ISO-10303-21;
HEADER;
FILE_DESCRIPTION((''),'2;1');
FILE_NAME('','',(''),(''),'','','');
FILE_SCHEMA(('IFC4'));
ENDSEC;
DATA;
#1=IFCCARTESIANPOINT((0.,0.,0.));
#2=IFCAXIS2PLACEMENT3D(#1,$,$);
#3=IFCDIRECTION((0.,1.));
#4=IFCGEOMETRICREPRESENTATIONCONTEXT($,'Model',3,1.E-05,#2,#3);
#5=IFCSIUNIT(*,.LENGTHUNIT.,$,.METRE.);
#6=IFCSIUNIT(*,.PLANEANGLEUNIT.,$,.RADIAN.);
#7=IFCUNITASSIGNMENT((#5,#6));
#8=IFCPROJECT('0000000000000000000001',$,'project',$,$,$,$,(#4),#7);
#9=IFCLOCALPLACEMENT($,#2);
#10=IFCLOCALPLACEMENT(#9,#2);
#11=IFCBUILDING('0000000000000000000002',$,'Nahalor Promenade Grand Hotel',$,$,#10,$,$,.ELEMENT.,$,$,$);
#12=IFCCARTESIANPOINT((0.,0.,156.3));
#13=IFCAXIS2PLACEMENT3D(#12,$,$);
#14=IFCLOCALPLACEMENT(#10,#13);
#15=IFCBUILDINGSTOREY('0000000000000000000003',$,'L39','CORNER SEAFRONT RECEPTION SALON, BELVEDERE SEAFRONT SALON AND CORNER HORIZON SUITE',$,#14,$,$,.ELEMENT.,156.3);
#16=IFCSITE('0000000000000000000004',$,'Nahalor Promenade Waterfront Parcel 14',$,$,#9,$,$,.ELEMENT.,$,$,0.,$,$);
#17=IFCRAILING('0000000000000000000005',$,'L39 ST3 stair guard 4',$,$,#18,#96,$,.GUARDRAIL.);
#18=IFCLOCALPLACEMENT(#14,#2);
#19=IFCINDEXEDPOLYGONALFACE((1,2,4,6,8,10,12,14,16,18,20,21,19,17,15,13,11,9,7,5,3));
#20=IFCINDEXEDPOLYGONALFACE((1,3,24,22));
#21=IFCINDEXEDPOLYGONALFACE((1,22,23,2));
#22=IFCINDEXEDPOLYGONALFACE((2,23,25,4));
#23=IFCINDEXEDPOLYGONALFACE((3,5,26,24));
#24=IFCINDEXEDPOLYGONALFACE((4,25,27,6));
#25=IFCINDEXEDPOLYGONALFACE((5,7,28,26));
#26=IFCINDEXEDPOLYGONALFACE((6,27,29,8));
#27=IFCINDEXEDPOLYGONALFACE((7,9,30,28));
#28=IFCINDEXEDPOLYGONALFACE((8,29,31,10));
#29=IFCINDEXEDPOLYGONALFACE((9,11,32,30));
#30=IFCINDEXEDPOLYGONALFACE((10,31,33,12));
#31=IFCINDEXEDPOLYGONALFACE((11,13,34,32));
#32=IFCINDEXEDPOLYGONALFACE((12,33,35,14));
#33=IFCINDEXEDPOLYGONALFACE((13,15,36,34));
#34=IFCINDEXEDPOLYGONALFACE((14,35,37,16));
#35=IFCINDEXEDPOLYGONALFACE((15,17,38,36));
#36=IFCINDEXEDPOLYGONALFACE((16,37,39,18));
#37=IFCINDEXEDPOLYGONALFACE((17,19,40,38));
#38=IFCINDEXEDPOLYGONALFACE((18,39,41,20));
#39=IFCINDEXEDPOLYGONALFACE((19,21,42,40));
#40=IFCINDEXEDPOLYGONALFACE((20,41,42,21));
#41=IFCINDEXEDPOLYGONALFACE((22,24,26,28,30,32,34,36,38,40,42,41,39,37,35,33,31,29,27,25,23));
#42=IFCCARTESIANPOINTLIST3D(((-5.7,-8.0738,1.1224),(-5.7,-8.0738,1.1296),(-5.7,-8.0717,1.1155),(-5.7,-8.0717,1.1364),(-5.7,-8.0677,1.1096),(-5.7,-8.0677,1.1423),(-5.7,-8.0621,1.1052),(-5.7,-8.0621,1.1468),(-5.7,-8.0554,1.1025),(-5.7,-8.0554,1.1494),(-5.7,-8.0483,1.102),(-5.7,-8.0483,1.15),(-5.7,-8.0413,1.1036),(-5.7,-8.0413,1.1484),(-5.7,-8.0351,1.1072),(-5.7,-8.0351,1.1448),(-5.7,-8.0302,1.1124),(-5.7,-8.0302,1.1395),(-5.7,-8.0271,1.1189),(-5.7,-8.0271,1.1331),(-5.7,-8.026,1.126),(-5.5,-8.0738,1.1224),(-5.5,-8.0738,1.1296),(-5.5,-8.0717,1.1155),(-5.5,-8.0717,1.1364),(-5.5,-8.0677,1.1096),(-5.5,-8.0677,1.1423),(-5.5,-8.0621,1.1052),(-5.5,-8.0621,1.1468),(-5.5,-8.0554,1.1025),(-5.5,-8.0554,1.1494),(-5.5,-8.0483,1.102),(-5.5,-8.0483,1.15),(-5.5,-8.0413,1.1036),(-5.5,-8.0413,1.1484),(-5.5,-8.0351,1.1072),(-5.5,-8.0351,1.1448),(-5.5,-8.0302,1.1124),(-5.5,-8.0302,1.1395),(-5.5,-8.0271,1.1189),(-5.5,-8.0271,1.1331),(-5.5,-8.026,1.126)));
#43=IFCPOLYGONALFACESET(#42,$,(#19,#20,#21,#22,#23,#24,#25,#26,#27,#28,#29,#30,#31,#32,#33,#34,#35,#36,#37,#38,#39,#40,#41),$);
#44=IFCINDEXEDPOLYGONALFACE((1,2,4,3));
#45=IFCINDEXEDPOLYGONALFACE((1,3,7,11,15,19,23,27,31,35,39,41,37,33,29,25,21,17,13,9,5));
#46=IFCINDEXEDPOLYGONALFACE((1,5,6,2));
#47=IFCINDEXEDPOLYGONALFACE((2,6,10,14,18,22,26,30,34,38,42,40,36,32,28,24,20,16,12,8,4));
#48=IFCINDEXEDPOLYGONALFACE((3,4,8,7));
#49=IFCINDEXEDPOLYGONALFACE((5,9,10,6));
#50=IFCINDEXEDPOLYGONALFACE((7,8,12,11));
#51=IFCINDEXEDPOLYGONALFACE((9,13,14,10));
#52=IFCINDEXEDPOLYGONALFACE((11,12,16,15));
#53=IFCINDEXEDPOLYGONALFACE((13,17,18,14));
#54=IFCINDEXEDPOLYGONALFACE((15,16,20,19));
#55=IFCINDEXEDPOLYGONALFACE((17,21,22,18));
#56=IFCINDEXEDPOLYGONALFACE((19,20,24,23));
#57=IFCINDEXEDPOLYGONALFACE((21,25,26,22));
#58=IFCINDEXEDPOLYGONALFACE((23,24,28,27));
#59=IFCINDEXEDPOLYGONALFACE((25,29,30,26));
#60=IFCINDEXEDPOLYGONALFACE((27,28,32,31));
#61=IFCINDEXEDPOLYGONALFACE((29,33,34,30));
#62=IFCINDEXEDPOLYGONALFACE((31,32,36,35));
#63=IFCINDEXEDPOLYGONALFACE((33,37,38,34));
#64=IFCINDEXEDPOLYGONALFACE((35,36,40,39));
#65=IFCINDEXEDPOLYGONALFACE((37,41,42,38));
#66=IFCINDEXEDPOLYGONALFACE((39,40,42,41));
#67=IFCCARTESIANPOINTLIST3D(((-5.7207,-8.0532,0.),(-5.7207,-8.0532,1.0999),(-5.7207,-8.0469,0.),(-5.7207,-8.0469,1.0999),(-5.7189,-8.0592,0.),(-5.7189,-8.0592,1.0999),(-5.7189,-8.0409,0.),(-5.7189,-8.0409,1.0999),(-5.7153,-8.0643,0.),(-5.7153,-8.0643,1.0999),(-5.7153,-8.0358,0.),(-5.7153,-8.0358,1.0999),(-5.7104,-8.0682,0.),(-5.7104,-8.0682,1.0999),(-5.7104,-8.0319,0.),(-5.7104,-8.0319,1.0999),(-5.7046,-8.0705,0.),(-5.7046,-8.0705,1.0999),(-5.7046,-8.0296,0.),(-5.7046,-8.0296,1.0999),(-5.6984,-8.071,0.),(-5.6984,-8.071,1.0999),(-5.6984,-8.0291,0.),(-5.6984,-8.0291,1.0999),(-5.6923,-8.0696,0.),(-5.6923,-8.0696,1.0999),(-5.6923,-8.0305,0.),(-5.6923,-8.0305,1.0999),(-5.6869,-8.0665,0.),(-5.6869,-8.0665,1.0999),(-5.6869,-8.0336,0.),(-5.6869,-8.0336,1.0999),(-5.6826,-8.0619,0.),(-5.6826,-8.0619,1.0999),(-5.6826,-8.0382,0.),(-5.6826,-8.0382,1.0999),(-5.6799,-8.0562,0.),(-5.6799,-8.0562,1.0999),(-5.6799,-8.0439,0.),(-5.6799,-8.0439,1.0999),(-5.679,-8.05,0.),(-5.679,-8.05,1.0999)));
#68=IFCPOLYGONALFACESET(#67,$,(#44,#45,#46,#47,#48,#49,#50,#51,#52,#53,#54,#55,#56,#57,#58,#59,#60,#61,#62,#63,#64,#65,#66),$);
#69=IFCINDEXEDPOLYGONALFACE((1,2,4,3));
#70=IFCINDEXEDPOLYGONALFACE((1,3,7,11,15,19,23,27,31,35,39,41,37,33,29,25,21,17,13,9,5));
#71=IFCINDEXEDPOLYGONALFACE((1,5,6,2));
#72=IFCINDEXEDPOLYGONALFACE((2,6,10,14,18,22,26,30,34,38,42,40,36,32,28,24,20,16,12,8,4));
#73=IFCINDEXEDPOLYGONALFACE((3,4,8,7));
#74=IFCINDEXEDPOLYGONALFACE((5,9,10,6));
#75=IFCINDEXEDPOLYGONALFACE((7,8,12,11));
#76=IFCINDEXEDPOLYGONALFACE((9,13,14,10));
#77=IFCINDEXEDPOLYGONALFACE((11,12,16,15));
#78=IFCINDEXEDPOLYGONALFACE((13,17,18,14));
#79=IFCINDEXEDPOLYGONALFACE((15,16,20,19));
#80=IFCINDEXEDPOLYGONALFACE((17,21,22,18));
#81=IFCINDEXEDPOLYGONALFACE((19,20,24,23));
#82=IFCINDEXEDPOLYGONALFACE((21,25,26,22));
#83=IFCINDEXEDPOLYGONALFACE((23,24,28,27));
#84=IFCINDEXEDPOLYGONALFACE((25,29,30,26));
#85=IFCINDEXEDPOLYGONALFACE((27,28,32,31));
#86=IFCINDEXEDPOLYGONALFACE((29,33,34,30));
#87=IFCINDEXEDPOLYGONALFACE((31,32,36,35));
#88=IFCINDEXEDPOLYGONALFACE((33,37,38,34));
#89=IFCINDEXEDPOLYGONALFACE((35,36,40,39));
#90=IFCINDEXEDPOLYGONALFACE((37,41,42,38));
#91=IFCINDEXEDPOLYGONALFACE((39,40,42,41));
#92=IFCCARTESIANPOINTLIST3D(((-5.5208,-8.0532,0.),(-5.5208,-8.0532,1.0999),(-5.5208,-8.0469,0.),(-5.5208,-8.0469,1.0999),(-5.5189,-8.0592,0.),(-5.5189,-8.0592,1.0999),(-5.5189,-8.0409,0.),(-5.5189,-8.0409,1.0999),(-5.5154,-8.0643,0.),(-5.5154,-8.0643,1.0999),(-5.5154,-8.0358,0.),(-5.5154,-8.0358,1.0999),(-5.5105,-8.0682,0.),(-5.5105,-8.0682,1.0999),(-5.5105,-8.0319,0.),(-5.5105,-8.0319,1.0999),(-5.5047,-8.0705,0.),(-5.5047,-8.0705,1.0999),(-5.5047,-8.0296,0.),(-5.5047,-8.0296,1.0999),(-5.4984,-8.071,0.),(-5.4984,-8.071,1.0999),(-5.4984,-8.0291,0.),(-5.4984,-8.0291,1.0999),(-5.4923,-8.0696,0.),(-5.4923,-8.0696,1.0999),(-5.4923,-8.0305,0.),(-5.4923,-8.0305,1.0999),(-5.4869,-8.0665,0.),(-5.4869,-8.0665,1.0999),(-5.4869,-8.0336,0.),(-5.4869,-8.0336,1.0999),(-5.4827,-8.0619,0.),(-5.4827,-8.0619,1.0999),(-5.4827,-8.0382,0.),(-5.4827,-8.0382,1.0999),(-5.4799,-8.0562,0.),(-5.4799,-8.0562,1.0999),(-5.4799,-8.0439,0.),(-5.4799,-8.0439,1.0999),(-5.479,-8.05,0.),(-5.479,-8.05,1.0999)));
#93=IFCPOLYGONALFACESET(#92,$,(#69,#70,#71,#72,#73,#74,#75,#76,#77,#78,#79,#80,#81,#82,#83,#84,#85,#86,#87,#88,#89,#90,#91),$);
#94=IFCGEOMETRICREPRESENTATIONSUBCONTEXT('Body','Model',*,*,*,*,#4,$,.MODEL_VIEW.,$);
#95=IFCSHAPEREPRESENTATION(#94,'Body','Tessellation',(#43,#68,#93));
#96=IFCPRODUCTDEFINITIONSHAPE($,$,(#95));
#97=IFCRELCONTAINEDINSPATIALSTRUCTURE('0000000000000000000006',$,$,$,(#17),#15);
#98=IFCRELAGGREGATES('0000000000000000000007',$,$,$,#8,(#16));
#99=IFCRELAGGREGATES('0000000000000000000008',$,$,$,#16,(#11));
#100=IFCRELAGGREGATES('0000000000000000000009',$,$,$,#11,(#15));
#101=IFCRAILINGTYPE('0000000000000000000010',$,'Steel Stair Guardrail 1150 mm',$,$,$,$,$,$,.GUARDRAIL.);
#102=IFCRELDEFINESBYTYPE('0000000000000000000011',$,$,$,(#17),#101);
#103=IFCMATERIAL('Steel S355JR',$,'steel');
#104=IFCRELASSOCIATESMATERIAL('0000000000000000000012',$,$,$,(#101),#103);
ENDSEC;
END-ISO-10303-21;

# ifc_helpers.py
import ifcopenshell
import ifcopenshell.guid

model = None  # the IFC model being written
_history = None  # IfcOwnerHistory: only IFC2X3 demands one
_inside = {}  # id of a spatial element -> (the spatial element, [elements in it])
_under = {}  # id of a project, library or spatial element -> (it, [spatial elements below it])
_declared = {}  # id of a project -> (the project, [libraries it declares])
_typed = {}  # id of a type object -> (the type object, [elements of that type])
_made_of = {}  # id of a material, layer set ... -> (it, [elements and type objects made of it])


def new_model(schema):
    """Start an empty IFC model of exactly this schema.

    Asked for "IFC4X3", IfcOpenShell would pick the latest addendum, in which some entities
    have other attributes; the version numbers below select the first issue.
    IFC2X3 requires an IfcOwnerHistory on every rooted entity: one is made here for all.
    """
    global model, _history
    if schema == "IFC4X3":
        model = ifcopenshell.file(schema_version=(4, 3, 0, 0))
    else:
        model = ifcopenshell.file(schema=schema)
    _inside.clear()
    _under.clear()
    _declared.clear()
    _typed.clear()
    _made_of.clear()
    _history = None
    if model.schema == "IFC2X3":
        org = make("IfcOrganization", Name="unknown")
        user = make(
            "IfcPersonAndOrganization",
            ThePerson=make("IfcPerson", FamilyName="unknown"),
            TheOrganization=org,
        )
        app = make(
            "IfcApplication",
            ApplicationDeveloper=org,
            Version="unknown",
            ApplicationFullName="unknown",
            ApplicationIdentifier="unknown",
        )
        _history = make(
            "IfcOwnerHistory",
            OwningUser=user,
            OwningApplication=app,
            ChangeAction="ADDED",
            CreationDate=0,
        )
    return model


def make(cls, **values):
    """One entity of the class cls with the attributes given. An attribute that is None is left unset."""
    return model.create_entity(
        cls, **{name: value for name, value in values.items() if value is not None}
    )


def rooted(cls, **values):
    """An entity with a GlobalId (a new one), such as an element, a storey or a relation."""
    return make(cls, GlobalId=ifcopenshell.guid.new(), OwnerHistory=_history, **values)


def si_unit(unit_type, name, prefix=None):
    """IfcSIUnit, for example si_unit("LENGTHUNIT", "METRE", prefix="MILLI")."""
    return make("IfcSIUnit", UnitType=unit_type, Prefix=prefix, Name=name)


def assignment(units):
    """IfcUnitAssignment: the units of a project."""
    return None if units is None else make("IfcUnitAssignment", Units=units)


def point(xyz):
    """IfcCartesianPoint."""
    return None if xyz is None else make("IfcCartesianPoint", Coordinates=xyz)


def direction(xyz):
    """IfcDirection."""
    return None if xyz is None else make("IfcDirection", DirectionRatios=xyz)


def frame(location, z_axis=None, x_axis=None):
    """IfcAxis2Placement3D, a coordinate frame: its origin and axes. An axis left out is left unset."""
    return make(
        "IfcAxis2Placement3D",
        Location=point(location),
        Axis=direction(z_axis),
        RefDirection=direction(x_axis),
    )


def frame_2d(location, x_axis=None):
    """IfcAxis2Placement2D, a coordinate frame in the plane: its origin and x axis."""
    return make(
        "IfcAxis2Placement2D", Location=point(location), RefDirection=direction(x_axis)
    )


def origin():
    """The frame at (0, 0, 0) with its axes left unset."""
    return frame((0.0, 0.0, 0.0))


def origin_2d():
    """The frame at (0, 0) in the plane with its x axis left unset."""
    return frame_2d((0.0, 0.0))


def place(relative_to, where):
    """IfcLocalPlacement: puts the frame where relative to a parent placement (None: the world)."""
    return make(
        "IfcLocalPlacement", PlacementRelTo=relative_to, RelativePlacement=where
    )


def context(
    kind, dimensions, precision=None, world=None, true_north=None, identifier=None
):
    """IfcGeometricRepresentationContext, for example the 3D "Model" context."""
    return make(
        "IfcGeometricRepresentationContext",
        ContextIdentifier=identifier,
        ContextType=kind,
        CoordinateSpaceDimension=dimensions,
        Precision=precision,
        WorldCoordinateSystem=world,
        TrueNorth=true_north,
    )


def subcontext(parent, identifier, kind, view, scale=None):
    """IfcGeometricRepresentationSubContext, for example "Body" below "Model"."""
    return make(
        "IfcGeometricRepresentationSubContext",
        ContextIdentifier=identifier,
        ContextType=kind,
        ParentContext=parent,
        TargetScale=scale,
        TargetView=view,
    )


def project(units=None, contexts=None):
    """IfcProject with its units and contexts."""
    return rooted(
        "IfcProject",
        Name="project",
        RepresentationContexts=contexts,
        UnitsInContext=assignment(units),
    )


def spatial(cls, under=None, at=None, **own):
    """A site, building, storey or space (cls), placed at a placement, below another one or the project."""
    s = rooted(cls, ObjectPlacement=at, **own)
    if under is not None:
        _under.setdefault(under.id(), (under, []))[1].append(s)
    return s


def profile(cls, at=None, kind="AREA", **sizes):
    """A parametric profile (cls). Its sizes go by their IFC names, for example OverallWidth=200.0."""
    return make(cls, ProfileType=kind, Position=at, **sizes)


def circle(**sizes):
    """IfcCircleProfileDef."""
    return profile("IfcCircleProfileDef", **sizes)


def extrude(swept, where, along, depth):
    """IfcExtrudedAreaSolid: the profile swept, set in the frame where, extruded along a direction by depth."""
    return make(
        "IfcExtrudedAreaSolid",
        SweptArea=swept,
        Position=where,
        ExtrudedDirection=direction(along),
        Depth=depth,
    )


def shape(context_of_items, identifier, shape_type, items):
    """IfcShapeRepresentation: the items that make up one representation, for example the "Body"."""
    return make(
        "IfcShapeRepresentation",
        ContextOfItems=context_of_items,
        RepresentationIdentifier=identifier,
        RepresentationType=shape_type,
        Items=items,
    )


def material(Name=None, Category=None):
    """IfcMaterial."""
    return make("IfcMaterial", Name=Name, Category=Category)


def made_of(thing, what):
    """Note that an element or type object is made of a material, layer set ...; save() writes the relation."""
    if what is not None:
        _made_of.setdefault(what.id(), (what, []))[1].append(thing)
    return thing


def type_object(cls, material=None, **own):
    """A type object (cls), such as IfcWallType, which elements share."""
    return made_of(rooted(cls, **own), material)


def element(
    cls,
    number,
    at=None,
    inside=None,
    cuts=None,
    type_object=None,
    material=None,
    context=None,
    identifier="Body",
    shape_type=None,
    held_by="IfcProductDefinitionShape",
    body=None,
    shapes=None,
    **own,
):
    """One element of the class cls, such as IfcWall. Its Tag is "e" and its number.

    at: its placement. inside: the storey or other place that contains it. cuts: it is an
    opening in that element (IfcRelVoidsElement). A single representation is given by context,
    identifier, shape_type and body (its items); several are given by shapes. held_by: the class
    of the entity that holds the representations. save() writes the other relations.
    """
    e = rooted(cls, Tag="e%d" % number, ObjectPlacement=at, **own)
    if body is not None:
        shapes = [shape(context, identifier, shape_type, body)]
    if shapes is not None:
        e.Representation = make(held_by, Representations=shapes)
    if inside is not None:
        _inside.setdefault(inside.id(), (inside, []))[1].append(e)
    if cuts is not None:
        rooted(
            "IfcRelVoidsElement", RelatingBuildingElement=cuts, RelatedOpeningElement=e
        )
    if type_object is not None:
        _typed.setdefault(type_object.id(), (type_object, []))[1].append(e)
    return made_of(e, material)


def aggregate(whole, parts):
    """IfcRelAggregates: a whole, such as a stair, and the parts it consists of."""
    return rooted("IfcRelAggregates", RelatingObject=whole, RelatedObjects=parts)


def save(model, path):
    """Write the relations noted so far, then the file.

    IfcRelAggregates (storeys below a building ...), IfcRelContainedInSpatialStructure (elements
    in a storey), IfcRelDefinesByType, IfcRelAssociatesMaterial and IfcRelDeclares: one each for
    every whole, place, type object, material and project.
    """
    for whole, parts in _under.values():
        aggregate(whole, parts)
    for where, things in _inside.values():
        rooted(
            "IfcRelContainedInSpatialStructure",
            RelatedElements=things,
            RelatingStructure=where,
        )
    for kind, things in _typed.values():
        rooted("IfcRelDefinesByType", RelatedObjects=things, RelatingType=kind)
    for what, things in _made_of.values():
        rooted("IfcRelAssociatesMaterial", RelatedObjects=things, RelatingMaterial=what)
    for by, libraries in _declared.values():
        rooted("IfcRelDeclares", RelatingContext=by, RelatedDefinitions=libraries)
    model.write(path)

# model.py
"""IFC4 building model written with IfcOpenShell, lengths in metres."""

from ifc_helpers import new_model, si_unit, direction, frame, origin, origin_2d, place, context, subcontext, project, spatial, circle, extrude, material, type_object, element, save


model = new_model("IFC4")

# Units and contexts
model_context = context("Model", 3, precision=1e-05, world=origin(), true_north=direction((0.0, 1.0)))
body_context = subcontext(model_context, "Body", "Model", "MODEL_VIEW")
ifc_project = project(units=[si_unit("LENGTHUNIT", "METRE"), si_unit("PLANEANGLEUNIT", "RADIAN")], contexts=[model_context])

# Site, building, storey
site_placement = place(None, origin())
site = spatial("IfcSite", under=ifc_project, at=site_placement, Name="Nahalor Promenade Waterfront Parcel 14", CompositionType="ELEMENT", RefElevation=0.0)
building_placement = place(site_placement, origin())
building = spatial("IfcBuilding", under=site, at=building_placement, Name="Nahalor Promenade Grand Hotel", CompositionType="ELEMENT")
storey_placement = place(building_placement, frame((0.0, 0.0, 156.3)))
storey = spatial("IfcBuildingStorey", under=building, at=storey_placement, Name="L39", Description="CORNER SEAFRONT RECEPTION SALON, BELVEDERE SEAFRONT SALON AND CORNER HORIZON SUITE", CompositionType="ELEMENT", Elevation=156.3)

# Shared definitions
ifc_material_1 = material(Name="Steel S355JR", Category="steel")

# Railing
railing_type_1 = type_object("IfcRailingType", Name="Steel Stair Guardrail 1150 mm", PredefinedType="GUARDRAIL", material=ifc_material_1)
railing_1_placement = place(storey_placement, frame((-5.7, -8.05, 0.0)))
element("IfcRailing", 1, at=railing_1_placement, inside=storey, type_object=railing_type_1, Name="L39 ST3 stair guard 4", PredefinedType="GUARDRAIL", context=body_context, shape_type="SweptSolid", body=[
    extrude(circle(Radius=0.024, at=origin_2d()), frame((0.0, 0.0, 1.126), z_axis=(1.0, 0.0, 0.0), x_axis=(0.0, 1.0, 0.0)), (0.0, 0.0, 1.0), 0.2),
    extrude(circle(Radius=0.021, at=origin_2d()), origin(), (0.0, 0.0, 1.0), 1.0999),
    extrude(circle(Radius=0.021, at=origin_2d()), frame((0.2, 0.0, 0.0)), (0.0, 0.0, 1.0), 1.0999),
])

save(model, "model.ifc")
